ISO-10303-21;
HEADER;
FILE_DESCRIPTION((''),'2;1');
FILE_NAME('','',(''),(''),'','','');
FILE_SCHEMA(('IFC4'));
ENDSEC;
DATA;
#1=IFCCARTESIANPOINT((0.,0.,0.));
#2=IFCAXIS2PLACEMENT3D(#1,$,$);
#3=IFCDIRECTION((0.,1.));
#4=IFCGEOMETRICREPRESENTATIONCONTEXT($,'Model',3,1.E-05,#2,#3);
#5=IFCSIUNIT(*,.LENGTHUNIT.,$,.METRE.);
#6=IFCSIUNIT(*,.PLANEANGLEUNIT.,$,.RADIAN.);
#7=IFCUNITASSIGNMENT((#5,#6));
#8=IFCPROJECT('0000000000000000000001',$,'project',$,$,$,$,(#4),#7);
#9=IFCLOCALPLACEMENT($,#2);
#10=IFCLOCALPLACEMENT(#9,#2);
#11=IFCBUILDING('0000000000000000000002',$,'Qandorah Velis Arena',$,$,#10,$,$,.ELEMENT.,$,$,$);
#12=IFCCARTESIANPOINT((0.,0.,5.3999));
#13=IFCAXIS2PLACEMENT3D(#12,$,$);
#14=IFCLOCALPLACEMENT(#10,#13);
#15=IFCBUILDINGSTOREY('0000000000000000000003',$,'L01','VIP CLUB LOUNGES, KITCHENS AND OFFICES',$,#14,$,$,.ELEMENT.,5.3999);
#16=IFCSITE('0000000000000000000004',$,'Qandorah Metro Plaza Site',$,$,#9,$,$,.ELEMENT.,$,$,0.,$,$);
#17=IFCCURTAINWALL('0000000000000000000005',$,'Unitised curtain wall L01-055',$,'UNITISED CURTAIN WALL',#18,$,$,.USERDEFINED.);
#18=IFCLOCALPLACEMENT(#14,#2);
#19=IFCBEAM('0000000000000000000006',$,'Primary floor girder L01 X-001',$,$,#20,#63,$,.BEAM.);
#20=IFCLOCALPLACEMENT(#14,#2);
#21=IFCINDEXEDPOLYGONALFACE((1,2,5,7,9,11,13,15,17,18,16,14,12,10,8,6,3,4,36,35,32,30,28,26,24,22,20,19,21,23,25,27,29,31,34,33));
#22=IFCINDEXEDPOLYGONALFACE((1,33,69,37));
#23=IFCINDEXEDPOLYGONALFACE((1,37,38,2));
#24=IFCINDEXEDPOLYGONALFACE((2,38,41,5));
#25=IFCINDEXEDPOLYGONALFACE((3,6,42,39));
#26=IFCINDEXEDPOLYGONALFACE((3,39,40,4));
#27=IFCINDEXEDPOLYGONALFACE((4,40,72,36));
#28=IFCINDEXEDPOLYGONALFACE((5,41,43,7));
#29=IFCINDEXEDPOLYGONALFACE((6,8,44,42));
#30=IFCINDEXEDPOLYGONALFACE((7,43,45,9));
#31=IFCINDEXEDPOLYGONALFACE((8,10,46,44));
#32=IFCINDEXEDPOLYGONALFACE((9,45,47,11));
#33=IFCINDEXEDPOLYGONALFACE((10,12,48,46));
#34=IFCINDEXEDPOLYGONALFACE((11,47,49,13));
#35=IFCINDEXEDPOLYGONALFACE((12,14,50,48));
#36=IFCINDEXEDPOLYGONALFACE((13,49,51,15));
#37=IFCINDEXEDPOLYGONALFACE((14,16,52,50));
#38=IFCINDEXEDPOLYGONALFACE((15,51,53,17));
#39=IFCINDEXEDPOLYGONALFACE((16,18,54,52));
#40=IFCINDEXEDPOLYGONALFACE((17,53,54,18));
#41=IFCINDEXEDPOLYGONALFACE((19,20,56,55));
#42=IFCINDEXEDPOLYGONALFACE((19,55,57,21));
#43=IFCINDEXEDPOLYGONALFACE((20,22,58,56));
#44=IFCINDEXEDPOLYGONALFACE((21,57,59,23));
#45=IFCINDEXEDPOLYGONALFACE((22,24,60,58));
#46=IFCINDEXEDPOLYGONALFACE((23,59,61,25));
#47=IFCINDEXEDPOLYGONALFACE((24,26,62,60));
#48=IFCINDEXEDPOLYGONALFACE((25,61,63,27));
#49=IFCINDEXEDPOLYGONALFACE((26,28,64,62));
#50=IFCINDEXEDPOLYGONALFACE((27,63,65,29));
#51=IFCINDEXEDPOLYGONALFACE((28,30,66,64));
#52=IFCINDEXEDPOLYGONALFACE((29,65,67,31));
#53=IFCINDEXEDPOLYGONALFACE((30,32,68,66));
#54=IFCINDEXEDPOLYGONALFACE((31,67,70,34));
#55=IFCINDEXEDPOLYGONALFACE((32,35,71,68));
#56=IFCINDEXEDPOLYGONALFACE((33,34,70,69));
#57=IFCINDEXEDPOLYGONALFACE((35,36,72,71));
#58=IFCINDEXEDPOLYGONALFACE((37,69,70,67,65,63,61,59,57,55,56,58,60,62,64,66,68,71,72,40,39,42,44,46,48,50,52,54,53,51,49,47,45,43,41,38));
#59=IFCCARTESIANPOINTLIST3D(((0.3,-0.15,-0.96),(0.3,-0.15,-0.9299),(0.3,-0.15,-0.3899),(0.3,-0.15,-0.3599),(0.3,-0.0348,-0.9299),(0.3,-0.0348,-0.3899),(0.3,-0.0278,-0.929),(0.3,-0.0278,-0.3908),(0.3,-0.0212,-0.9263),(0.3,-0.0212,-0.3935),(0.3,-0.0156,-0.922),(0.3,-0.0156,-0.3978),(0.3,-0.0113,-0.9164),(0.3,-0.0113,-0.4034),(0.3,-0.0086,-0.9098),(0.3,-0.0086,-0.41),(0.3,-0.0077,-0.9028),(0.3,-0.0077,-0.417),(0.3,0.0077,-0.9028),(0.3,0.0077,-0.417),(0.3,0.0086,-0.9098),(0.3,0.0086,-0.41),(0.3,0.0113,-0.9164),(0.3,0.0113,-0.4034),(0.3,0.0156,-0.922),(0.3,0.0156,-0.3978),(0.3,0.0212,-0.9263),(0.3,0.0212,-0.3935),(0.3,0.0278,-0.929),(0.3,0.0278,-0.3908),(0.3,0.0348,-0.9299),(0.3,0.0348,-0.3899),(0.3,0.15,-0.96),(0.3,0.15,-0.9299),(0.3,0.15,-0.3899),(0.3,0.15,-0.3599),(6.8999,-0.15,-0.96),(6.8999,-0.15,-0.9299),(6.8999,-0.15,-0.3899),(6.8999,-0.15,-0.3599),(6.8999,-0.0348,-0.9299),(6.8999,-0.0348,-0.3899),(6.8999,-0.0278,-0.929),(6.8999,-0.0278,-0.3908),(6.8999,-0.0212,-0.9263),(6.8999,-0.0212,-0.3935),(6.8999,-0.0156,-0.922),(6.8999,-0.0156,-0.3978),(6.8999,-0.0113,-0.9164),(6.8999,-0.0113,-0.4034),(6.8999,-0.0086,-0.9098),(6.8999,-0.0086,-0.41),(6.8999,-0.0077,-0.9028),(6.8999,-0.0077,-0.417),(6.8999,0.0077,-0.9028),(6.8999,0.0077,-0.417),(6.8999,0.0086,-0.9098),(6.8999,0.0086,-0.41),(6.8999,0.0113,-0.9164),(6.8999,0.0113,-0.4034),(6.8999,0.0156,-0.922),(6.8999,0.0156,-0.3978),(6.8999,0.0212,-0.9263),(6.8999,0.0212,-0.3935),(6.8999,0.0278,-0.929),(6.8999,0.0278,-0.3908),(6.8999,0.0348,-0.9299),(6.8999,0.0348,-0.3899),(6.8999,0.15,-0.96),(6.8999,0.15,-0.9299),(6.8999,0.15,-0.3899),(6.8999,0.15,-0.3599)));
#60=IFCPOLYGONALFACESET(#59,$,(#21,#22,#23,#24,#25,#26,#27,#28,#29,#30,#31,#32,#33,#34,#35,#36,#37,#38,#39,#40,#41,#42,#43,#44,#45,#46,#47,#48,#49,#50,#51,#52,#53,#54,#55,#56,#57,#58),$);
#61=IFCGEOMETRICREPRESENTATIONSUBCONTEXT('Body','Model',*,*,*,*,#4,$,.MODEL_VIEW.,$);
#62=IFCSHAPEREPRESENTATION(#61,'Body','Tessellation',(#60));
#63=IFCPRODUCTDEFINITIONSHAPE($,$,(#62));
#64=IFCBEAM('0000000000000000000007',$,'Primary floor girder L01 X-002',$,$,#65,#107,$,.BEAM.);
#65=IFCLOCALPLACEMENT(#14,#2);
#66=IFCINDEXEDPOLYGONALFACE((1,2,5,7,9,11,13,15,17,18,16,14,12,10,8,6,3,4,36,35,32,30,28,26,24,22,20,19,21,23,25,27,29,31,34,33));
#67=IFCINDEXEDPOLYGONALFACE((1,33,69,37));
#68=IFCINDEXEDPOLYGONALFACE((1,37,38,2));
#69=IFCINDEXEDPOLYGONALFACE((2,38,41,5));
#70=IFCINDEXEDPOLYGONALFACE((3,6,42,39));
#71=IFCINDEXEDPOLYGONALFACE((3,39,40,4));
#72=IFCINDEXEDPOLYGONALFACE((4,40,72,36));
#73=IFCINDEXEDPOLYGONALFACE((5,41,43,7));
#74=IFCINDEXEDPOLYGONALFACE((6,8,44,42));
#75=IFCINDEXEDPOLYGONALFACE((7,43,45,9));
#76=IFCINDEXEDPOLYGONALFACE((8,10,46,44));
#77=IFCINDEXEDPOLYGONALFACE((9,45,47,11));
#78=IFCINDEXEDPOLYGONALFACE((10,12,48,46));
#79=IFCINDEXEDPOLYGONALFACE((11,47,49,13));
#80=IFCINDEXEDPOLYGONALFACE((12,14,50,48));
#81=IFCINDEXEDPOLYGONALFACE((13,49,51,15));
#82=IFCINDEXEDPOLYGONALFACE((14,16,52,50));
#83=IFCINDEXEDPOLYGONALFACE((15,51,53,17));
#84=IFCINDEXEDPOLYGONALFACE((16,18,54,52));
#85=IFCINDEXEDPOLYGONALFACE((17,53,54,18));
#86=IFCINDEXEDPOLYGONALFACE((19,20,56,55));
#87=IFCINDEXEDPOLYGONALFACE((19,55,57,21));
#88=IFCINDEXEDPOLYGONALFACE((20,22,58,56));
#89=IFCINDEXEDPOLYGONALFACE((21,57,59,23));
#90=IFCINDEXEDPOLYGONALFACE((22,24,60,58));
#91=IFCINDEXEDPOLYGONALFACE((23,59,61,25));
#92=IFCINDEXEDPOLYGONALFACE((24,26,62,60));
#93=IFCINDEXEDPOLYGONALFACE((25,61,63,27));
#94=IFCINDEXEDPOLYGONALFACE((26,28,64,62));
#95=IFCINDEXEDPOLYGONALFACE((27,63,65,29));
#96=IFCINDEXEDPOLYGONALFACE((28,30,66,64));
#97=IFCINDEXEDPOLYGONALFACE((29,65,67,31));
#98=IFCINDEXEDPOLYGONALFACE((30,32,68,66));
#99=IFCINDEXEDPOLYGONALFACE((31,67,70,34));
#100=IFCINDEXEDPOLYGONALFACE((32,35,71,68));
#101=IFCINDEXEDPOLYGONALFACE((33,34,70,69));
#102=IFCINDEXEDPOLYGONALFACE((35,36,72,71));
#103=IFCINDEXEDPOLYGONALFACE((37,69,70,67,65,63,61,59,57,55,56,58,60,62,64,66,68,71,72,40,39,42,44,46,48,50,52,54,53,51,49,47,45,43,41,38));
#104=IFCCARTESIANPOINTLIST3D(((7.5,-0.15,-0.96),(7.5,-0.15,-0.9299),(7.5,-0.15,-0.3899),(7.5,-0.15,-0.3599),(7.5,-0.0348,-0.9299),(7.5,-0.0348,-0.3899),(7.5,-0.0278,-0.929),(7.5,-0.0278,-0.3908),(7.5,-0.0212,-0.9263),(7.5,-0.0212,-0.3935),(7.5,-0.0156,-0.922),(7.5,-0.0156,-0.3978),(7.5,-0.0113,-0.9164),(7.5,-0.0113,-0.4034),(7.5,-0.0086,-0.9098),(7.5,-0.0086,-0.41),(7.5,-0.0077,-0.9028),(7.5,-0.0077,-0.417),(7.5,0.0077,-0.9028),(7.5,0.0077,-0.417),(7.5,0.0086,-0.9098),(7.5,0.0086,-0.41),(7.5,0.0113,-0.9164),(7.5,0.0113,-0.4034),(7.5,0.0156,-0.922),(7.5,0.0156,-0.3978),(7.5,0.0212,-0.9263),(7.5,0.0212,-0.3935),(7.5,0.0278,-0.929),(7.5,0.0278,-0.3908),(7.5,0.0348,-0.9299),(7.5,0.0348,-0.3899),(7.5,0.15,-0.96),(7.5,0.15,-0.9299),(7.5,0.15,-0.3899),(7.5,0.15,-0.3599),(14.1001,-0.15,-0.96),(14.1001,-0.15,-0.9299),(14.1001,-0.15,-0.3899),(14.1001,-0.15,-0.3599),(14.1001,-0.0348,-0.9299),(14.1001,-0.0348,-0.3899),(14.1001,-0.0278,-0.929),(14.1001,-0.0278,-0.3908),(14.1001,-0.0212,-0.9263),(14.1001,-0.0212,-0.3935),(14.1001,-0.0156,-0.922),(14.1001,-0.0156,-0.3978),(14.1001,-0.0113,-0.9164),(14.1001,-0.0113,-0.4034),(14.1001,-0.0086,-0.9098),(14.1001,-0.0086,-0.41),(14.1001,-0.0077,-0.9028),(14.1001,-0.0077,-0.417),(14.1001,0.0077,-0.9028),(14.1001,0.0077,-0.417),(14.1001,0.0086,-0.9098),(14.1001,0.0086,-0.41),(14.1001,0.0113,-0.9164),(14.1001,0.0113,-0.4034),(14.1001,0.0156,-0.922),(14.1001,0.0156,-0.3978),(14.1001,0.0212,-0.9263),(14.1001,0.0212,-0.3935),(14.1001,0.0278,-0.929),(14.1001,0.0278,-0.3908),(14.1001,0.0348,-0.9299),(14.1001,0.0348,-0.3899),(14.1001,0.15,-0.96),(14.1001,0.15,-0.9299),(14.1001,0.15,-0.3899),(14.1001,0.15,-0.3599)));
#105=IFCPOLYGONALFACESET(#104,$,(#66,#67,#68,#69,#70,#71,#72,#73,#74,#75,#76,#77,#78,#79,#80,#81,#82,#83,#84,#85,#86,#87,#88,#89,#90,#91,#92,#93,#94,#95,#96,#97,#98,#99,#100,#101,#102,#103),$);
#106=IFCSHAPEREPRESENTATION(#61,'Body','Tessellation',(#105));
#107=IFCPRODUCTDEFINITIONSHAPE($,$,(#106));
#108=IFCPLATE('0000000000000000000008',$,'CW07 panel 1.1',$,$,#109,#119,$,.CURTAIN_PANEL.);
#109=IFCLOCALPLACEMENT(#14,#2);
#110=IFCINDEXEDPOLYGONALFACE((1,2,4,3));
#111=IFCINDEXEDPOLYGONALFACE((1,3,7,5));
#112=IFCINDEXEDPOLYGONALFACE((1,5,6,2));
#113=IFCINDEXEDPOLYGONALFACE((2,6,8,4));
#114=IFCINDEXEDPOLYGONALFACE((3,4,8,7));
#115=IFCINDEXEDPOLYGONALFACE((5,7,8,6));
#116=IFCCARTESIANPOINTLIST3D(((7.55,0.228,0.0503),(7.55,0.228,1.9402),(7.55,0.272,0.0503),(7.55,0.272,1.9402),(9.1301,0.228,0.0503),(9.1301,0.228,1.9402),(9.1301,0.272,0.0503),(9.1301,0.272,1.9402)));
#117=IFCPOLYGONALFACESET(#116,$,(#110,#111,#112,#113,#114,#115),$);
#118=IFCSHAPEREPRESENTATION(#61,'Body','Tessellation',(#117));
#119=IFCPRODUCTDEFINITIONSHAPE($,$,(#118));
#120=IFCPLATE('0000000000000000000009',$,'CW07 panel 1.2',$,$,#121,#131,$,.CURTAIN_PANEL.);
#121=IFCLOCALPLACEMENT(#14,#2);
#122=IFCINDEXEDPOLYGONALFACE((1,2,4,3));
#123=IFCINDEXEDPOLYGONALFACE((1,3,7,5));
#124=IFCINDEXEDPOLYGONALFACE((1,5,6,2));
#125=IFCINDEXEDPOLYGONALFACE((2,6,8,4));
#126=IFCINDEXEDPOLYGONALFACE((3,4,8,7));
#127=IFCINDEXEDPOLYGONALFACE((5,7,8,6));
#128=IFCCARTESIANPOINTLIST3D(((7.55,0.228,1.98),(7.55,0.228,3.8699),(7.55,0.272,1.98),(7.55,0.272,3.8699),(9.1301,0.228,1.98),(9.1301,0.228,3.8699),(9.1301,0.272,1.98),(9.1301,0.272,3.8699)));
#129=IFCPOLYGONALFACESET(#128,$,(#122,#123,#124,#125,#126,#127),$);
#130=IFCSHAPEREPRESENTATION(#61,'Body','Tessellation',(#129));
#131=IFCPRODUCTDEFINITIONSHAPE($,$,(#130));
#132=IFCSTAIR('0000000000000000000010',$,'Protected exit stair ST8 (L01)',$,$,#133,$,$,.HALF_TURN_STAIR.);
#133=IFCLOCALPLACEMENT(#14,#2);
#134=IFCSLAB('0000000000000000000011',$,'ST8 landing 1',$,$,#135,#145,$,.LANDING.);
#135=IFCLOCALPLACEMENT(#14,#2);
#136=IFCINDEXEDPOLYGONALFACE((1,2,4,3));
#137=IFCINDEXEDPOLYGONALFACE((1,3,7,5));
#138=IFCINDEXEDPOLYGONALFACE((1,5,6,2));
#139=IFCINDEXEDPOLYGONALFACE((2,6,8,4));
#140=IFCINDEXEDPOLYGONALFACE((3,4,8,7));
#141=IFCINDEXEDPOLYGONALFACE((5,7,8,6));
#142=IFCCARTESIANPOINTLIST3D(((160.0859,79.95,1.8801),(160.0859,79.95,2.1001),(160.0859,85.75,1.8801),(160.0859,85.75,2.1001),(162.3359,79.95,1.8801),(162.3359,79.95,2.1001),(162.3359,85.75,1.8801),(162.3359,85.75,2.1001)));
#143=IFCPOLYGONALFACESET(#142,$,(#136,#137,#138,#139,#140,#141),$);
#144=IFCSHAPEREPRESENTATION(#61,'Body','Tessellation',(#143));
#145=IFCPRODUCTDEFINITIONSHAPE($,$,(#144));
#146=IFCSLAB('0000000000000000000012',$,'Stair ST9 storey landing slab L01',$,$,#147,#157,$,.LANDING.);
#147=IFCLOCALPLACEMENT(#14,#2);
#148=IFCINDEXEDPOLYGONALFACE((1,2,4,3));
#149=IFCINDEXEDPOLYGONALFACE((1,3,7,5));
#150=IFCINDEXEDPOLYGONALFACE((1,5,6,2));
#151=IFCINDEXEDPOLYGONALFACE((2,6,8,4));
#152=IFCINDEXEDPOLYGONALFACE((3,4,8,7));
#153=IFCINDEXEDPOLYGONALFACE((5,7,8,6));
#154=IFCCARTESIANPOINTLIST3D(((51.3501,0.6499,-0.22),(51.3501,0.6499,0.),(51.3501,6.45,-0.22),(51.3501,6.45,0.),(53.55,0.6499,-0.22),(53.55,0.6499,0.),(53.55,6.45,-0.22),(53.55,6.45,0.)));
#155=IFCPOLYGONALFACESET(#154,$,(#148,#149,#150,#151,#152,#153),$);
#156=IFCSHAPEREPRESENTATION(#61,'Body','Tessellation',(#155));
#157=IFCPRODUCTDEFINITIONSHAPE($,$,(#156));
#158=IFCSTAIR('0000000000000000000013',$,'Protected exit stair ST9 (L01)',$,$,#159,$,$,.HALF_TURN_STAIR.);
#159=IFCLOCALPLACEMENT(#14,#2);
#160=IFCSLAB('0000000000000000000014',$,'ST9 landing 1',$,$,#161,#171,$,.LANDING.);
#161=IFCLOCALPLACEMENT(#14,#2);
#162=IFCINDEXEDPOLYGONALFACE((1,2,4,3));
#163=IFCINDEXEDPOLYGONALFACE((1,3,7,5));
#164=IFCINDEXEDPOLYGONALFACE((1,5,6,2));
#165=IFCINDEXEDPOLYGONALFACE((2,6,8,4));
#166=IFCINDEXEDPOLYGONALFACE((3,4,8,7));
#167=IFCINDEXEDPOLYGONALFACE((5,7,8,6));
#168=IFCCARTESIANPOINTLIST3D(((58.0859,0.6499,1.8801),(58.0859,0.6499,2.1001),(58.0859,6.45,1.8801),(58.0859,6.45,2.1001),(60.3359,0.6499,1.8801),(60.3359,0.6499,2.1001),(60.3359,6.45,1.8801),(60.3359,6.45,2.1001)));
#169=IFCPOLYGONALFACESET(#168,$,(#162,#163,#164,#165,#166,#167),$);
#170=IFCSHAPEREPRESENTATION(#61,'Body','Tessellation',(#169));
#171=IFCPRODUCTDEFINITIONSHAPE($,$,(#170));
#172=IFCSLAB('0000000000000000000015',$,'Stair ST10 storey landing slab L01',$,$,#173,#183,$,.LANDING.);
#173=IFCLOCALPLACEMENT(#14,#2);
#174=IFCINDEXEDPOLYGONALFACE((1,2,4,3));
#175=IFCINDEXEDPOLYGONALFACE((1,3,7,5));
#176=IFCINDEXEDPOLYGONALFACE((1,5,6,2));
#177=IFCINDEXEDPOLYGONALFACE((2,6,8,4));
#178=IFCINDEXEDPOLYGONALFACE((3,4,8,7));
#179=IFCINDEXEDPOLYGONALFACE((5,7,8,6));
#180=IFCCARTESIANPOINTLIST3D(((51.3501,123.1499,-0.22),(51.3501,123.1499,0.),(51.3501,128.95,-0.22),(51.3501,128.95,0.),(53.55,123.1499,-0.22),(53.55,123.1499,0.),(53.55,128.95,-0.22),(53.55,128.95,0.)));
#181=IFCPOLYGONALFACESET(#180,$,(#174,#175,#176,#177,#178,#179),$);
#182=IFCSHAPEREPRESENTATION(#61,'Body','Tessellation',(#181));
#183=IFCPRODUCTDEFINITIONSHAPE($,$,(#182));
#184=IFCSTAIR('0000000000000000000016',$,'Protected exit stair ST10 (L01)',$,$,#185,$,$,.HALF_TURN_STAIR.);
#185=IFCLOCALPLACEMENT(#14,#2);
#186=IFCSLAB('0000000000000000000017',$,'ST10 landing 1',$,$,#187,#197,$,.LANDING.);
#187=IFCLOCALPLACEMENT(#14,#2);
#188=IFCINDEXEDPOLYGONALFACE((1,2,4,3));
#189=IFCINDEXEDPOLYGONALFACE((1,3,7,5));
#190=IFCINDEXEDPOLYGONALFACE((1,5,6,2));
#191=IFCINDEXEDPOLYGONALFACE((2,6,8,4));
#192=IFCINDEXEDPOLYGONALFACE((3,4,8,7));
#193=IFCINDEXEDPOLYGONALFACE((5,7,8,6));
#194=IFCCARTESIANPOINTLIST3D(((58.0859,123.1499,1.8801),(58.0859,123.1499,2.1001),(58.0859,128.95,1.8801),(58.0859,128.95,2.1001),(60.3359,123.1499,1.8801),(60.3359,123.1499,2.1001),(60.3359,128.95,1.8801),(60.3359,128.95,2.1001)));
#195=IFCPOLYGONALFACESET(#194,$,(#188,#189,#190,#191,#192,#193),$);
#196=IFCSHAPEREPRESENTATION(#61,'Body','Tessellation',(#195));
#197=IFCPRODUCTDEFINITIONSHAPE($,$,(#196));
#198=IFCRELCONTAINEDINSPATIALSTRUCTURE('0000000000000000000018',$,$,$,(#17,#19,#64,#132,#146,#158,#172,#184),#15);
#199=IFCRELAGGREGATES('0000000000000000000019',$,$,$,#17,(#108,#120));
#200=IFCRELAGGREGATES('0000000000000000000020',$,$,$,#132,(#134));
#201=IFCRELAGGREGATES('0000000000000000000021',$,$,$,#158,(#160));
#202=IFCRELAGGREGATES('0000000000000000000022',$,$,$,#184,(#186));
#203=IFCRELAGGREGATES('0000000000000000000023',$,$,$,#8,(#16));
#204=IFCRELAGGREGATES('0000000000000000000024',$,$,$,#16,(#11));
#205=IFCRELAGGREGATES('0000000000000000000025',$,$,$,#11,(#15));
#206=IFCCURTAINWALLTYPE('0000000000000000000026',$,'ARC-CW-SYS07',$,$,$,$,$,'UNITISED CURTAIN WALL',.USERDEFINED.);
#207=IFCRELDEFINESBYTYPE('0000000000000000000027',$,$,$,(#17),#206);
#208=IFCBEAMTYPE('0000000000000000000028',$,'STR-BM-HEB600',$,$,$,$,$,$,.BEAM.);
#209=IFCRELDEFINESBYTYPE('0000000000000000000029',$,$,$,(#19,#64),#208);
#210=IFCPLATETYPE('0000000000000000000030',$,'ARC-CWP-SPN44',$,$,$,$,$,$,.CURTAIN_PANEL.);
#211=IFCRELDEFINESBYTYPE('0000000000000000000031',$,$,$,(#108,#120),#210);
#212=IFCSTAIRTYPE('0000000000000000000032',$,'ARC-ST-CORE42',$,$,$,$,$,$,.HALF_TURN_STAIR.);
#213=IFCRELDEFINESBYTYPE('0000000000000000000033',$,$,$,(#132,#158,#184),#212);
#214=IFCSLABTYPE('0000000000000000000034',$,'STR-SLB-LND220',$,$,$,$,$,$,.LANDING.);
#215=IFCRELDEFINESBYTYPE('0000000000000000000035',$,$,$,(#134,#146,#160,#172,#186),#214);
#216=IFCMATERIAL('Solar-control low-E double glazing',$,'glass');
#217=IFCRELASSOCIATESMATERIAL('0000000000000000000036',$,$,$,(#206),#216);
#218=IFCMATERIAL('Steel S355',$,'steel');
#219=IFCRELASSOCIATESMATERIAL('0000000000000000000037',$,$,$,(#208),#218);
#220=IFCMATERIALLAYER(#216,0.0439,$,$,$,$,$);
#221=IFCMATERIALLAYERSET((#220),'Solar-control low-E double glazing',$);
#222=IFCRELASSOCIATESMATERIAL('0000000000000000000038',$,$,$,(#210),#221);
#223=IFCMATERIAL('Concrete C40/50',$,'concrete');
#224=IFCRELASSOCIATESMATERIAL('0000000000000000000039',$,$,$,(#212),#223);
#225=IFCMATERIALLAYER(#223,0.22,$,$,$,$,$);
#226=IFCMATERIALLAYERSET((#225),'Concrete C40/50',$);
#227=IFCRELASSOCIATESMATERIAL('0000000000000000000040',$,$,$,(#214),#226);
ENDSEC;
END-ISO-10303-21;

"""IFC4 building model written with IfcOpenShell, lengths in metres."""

from ifc_helpers import new_model, si_unit, direction, frame, origin, origin_2d, place, context, subcontext, project, spatial, polyline, rectangle, i_section, outline, extrude, material, layer, layer_set, material_profile, profile_set, type_object, element, aggregate, save


model = new_model("IFC4")

# Units and contexts
model_context = context("Model", 3, precision=1e-05, world=origin(), true_north=direction((0.0, 1.0)))
body_context = subcontext(model_context, "Body", "Model", "MODEL_VIEW")
ifc_project = project(units=[si_unit("LENGTHUNIT", "METRE"), si_unit("PLANEANGLEUNIT", "RADIAN")], contexts=[model_context])

# Site, building, storey
site_placement = place(None, origin())
site = spatial("IfcSite", under=ifc_project, at=site_placement, Name="Qandorah Metro Plaza Site", CompositionType="ELEMENT", RefElevation=0.0)
building_placement = place(site_placement, origin())
building = spatial("IfcBuilding", under=site, at=building_placement, Name="Qandorah Velis Arena", CompositionType="ELEMENT")
storey_placement = place(building_placement, frame((0.0, 0.0, 5.3999)))
storey = spatial("IfcBuildingStorey", under=building, at=storey_placement, Name="L01", Description="VIP CLUB LOUNGES, KITCHENS AND OFFICES", CompositionType="ELEMENT", Elevation=5.3999)

# Curtain wall
ifc_material_1 = material(Name="Solar-control low-E double glazing", Category="glass")
curtain_wall_type = type_object("IfcCurtainWallType", Name="ARC-CW-SYS07", ElementType="UNITISED CURTAIN WALL", PredefinedType="USERDEFINED", material=ifc_material_1)
curtain_wall_placement = place(storey_placement, origin())
curtain_wall = element("IfcCurtainWall", 1, at=curtain_wall_placement, inside=storey, type_object=curtain_wall_type, Name="Unitised curtain wall L01-055", ObjectType="UNITISED CURTAIN WALL", PredefinedType="USERDEFINED")

# Beams
ifc_material_2 = material(Name="Steel S355", Category="steel")
ifc_material_profile_1 = material_profile(ifc_material_2, i_section(OverallWidth=0.3, OverallDepth=0.6001, WebThickness=0.0154, FlangeThickness=0.03, FilletRadius=0.0271, at=origin_2d()), Name="HEB 600")
ifc_profile_set_1 = profile_set([ifc_material_profile_1], Name="Steel S355")
beam_type_1 = type_object("IfcBeamType", Name="STR-BM-HEB600", PredefinedType="BEAM", material=ifc_profile_set_1)
beam_1_placement = place(storey_placement, frame((0.3, 0.0, -0.6599), z_axis=(1.0, 0.0, 0.0), x_axis=(0.0, 1.0, 0.0)))
element("IfcBeam", 2, at=beam_1_placement, inside=storey, type_object=beam_type_1, Name="Primary floor girder L01 X-001", PredefinedType="BEAM", context=body_context, shape_type="SweptSolid", body=[
    extrude(i_section(OverallWidth=0.3, OverallDepth=0.6001, WebThickness=0.0154, FlangeThickness=0.03, FilletRadius=0.0271, at=origin_2d()), origin(), (0.0, 0.0, 1.0), 6.5999),
])
beam_2_placement = place(storey_placement, frame((7.5, 0.0, -0.6599), z_axis=(1.0, 0.0, 0.0), x_axis=(0.0, 1.0, 0.0)))
element("IfcBeam", 3, at=beam_2_placement, inside=storey, type_object=beam_type_1, Name="Primary floor girder L01 X-002", PredefinedType="BEAM", context=body_context, shape_type="SweptSolid", body=[
    extrude(i_section(OverallWidth=0.3, OverallDepth=0.6001, WebThickness=0.0154, FlangeThickness=0.03, FilletRadius=0.0271, at=origin_2d()), origin(), (0.0, 0.0, 1.0), 6.6001),
])

# Plates
ifc_layer_1 = layer(ifc_material_1, 0.0439)
ifc_layer_set_1 = layer_set([ifc_layer_1], Name="Solar-control low-E double glazing")
plate_type = type_object("IfcPlateType", Name="ARC-CWP-SPN44", PredefinedType="CURTAIN_PANEL", material=ifc_layer_set_1)
plate_1_placement = place(storey_placement, frame((8.3401, 0.25, 0.0503), z_axis=(0.0, 0.0, 1.0), x_axis=(1.0, 0.0, 0.0)))
plate_1 = element("IfcPlate", 4, at=plate_1_placement, type_object=plate_type, Name="CW07 panel 1.1", PredefinedType="CURTAIN_PANEL", context=body_context, shape_type="SweptSolid", body=[
    extrude(rectangle(XDim=1.5801, YDim=0.0439, at=origin_2d()), origin(), (0.0, 0.0, 1.0), 1.8899),
])
plate_2_placement = place(storey_placement, frame((8.3401, 0.25, 1.98), z_axis=(0.0, 0.0, 1.0), x_axis=(1.0, 0.0, 0.0)))
plate_2 = element("IfcPlate", 5, at=plate_2_placement, type_object=plate_type, Name="CW07 panel 1.2", PredefinedType="CURTAIN_PANEL", context=body_context, shape_type="SweptSolid", body=[
    extrude(rectangle(XDim=1.5801, YDim=0.0439, at=origin_2d()), origin(), (0.0, 0.0, 1.0), 1.8899),
])
aggregate(curtain_wall, [plate_1, plate_2])

# Stair, slab
ifc_material_3 = material(Name="Concrete C40/50", Category="concrete")
stair_type = type_object("IfcStairType", Name="ARC-ST-CORE42", PredefinedType="HALF_TURN_STAIR", material=ifc_material_3)
stair_1_placement = place(storey_placement, origin())
stair_1 = element("IfcStair", 6, at=stair_1_placement, inside=storey, type_object=stair_type, Name="Protected exit stair ST8 (L01)", PredefinedType="HALF_TURN_STAIR")
ifc_layer_2 = layer(ifc_material_3, 0.22)
ifc_layer_set_2 = layer_set([ifc_layer_2], Name="Concrete C40/50")
slab_type = type_object("IfcSlabType", Name="STR-SLB-LND220", PredefinedType="LANDING", material=ifc_layer_set_2)
slab_1_placement = place(storey_placement, frame((0.0, 0.0, 1.8801)))
slab_1 = element("IfcSlab", 7, at=slab_1_placement, type_object=slab_type, Name="ST8 landing 1", PredefinedType="LANDING", context=body_context, shape_type="SweptSolid", body=[
    extrude(outline(polyline([(160.0859, 79.95), (162.3359, 79.95), (162.3359, 85.75), (160.0859, 85.75), (160.0859, 79.95)])), origin(), (0.0, 0.0, 1.0), 0.22),
])
aggregate(stair_1, [slab_1])

# Slab
slab_2_placement = place(storey_placement, frame((0.0, 0.0, -0.22)))
element("IfcSlab", 8, at=slab_2_placement, inside=storey, type_object=slab_type, Name="Stair ST9 storey landing slab L01", PredefinedType="LANDING", context=body_context, shape_type="SweptSolid", body=[
    extrude(outline(polyline([(51.3501, 0.6499), (53.55, 0.6499), (53.55, 6.45), (51.3501, 6.45), (51.3501, 0.6499)])), origin(), (0.0, 0.0, 1.0), 0.22),
])

# Stair, slab
stair_2_placement = place(storey_placement, origin())
stair_2 = element("IfcStair", 9, at=stair_2_placement, inside=storey, type_object=stair_type, Name="Protected exit stair ST9 (L01)", PredefinedType="HALF_TURN_STAIR")
slab_3_placement = place(storey_placement, frame((0.0, 0.0, 1.8801)))
slab_3 = element("IfcSlab", 10, at=slab_3_placement, type_object=slab_type, Name="ST9 landing 1", PredefinedType="LANDING", context=body_context, shape_type="SweptSolid", body=[
    extrude(outline(polyline([(58.0859, 0.6499), (60.3359, 0.6499), (60.3359, 6.45), (58.0859, 6.45), (58.0859, 0.6499)])), origin(), (0.0, 0.0, 1.0), 0.22),
])
aggregate(stair_2, [slab_3])

# Slab
slab_4_placement = place(storey_placement, frame((0.0, 0.0, -0.22)))
element("IfcSlab", 11, at=slab_4_placement, inside=storey, type_object=slab_type, Name="Stair ST10 storey landing slab L01", PredefinedType="LANDING", context=body_context, shape_type="SweptSolid", body=[
    extrude(outline(polyline([(51.3501, 123.1499), (53.55, 123.1499), (53.55, 128.95), (51.3501, 128.95), (51.3501, 123.1499)])), origin(), (0.0, 0.0, 1.0), 0.22),
])

# Stair, slab
stair_3_placement = place(storey_placement, origin())
stair_3 = element("IfcStair", 12, at=stair_3_placement, inside=storey, type_object=stair_type, Name="Protected exit stair ST10 (L01)", PredefinedType="HALF_TURN_STAIR")
slab_5_placement = place(storey_placement, frame((0.0, 0.0, 1.8801)))
slab_5 = element("IfcSlab", 13, at=slab_5_placement, type_object=slab_type, Name="ST10 landing 1", PredefinedType="LANDING", context=body_context, shape_type="SweptSolid", body=[
    extrude(outline(polyline([(58.0859, 123.1499), (60.3359, 123.1499), (60.3359, 128.95), (58.0859, 128.95), (58.0859, 123.1499)])), origin(), (0.0, 0.0, 1.0), 0.22),
])
aggregate(stair_3, [slab_5])

save(model, "model.ifc")
